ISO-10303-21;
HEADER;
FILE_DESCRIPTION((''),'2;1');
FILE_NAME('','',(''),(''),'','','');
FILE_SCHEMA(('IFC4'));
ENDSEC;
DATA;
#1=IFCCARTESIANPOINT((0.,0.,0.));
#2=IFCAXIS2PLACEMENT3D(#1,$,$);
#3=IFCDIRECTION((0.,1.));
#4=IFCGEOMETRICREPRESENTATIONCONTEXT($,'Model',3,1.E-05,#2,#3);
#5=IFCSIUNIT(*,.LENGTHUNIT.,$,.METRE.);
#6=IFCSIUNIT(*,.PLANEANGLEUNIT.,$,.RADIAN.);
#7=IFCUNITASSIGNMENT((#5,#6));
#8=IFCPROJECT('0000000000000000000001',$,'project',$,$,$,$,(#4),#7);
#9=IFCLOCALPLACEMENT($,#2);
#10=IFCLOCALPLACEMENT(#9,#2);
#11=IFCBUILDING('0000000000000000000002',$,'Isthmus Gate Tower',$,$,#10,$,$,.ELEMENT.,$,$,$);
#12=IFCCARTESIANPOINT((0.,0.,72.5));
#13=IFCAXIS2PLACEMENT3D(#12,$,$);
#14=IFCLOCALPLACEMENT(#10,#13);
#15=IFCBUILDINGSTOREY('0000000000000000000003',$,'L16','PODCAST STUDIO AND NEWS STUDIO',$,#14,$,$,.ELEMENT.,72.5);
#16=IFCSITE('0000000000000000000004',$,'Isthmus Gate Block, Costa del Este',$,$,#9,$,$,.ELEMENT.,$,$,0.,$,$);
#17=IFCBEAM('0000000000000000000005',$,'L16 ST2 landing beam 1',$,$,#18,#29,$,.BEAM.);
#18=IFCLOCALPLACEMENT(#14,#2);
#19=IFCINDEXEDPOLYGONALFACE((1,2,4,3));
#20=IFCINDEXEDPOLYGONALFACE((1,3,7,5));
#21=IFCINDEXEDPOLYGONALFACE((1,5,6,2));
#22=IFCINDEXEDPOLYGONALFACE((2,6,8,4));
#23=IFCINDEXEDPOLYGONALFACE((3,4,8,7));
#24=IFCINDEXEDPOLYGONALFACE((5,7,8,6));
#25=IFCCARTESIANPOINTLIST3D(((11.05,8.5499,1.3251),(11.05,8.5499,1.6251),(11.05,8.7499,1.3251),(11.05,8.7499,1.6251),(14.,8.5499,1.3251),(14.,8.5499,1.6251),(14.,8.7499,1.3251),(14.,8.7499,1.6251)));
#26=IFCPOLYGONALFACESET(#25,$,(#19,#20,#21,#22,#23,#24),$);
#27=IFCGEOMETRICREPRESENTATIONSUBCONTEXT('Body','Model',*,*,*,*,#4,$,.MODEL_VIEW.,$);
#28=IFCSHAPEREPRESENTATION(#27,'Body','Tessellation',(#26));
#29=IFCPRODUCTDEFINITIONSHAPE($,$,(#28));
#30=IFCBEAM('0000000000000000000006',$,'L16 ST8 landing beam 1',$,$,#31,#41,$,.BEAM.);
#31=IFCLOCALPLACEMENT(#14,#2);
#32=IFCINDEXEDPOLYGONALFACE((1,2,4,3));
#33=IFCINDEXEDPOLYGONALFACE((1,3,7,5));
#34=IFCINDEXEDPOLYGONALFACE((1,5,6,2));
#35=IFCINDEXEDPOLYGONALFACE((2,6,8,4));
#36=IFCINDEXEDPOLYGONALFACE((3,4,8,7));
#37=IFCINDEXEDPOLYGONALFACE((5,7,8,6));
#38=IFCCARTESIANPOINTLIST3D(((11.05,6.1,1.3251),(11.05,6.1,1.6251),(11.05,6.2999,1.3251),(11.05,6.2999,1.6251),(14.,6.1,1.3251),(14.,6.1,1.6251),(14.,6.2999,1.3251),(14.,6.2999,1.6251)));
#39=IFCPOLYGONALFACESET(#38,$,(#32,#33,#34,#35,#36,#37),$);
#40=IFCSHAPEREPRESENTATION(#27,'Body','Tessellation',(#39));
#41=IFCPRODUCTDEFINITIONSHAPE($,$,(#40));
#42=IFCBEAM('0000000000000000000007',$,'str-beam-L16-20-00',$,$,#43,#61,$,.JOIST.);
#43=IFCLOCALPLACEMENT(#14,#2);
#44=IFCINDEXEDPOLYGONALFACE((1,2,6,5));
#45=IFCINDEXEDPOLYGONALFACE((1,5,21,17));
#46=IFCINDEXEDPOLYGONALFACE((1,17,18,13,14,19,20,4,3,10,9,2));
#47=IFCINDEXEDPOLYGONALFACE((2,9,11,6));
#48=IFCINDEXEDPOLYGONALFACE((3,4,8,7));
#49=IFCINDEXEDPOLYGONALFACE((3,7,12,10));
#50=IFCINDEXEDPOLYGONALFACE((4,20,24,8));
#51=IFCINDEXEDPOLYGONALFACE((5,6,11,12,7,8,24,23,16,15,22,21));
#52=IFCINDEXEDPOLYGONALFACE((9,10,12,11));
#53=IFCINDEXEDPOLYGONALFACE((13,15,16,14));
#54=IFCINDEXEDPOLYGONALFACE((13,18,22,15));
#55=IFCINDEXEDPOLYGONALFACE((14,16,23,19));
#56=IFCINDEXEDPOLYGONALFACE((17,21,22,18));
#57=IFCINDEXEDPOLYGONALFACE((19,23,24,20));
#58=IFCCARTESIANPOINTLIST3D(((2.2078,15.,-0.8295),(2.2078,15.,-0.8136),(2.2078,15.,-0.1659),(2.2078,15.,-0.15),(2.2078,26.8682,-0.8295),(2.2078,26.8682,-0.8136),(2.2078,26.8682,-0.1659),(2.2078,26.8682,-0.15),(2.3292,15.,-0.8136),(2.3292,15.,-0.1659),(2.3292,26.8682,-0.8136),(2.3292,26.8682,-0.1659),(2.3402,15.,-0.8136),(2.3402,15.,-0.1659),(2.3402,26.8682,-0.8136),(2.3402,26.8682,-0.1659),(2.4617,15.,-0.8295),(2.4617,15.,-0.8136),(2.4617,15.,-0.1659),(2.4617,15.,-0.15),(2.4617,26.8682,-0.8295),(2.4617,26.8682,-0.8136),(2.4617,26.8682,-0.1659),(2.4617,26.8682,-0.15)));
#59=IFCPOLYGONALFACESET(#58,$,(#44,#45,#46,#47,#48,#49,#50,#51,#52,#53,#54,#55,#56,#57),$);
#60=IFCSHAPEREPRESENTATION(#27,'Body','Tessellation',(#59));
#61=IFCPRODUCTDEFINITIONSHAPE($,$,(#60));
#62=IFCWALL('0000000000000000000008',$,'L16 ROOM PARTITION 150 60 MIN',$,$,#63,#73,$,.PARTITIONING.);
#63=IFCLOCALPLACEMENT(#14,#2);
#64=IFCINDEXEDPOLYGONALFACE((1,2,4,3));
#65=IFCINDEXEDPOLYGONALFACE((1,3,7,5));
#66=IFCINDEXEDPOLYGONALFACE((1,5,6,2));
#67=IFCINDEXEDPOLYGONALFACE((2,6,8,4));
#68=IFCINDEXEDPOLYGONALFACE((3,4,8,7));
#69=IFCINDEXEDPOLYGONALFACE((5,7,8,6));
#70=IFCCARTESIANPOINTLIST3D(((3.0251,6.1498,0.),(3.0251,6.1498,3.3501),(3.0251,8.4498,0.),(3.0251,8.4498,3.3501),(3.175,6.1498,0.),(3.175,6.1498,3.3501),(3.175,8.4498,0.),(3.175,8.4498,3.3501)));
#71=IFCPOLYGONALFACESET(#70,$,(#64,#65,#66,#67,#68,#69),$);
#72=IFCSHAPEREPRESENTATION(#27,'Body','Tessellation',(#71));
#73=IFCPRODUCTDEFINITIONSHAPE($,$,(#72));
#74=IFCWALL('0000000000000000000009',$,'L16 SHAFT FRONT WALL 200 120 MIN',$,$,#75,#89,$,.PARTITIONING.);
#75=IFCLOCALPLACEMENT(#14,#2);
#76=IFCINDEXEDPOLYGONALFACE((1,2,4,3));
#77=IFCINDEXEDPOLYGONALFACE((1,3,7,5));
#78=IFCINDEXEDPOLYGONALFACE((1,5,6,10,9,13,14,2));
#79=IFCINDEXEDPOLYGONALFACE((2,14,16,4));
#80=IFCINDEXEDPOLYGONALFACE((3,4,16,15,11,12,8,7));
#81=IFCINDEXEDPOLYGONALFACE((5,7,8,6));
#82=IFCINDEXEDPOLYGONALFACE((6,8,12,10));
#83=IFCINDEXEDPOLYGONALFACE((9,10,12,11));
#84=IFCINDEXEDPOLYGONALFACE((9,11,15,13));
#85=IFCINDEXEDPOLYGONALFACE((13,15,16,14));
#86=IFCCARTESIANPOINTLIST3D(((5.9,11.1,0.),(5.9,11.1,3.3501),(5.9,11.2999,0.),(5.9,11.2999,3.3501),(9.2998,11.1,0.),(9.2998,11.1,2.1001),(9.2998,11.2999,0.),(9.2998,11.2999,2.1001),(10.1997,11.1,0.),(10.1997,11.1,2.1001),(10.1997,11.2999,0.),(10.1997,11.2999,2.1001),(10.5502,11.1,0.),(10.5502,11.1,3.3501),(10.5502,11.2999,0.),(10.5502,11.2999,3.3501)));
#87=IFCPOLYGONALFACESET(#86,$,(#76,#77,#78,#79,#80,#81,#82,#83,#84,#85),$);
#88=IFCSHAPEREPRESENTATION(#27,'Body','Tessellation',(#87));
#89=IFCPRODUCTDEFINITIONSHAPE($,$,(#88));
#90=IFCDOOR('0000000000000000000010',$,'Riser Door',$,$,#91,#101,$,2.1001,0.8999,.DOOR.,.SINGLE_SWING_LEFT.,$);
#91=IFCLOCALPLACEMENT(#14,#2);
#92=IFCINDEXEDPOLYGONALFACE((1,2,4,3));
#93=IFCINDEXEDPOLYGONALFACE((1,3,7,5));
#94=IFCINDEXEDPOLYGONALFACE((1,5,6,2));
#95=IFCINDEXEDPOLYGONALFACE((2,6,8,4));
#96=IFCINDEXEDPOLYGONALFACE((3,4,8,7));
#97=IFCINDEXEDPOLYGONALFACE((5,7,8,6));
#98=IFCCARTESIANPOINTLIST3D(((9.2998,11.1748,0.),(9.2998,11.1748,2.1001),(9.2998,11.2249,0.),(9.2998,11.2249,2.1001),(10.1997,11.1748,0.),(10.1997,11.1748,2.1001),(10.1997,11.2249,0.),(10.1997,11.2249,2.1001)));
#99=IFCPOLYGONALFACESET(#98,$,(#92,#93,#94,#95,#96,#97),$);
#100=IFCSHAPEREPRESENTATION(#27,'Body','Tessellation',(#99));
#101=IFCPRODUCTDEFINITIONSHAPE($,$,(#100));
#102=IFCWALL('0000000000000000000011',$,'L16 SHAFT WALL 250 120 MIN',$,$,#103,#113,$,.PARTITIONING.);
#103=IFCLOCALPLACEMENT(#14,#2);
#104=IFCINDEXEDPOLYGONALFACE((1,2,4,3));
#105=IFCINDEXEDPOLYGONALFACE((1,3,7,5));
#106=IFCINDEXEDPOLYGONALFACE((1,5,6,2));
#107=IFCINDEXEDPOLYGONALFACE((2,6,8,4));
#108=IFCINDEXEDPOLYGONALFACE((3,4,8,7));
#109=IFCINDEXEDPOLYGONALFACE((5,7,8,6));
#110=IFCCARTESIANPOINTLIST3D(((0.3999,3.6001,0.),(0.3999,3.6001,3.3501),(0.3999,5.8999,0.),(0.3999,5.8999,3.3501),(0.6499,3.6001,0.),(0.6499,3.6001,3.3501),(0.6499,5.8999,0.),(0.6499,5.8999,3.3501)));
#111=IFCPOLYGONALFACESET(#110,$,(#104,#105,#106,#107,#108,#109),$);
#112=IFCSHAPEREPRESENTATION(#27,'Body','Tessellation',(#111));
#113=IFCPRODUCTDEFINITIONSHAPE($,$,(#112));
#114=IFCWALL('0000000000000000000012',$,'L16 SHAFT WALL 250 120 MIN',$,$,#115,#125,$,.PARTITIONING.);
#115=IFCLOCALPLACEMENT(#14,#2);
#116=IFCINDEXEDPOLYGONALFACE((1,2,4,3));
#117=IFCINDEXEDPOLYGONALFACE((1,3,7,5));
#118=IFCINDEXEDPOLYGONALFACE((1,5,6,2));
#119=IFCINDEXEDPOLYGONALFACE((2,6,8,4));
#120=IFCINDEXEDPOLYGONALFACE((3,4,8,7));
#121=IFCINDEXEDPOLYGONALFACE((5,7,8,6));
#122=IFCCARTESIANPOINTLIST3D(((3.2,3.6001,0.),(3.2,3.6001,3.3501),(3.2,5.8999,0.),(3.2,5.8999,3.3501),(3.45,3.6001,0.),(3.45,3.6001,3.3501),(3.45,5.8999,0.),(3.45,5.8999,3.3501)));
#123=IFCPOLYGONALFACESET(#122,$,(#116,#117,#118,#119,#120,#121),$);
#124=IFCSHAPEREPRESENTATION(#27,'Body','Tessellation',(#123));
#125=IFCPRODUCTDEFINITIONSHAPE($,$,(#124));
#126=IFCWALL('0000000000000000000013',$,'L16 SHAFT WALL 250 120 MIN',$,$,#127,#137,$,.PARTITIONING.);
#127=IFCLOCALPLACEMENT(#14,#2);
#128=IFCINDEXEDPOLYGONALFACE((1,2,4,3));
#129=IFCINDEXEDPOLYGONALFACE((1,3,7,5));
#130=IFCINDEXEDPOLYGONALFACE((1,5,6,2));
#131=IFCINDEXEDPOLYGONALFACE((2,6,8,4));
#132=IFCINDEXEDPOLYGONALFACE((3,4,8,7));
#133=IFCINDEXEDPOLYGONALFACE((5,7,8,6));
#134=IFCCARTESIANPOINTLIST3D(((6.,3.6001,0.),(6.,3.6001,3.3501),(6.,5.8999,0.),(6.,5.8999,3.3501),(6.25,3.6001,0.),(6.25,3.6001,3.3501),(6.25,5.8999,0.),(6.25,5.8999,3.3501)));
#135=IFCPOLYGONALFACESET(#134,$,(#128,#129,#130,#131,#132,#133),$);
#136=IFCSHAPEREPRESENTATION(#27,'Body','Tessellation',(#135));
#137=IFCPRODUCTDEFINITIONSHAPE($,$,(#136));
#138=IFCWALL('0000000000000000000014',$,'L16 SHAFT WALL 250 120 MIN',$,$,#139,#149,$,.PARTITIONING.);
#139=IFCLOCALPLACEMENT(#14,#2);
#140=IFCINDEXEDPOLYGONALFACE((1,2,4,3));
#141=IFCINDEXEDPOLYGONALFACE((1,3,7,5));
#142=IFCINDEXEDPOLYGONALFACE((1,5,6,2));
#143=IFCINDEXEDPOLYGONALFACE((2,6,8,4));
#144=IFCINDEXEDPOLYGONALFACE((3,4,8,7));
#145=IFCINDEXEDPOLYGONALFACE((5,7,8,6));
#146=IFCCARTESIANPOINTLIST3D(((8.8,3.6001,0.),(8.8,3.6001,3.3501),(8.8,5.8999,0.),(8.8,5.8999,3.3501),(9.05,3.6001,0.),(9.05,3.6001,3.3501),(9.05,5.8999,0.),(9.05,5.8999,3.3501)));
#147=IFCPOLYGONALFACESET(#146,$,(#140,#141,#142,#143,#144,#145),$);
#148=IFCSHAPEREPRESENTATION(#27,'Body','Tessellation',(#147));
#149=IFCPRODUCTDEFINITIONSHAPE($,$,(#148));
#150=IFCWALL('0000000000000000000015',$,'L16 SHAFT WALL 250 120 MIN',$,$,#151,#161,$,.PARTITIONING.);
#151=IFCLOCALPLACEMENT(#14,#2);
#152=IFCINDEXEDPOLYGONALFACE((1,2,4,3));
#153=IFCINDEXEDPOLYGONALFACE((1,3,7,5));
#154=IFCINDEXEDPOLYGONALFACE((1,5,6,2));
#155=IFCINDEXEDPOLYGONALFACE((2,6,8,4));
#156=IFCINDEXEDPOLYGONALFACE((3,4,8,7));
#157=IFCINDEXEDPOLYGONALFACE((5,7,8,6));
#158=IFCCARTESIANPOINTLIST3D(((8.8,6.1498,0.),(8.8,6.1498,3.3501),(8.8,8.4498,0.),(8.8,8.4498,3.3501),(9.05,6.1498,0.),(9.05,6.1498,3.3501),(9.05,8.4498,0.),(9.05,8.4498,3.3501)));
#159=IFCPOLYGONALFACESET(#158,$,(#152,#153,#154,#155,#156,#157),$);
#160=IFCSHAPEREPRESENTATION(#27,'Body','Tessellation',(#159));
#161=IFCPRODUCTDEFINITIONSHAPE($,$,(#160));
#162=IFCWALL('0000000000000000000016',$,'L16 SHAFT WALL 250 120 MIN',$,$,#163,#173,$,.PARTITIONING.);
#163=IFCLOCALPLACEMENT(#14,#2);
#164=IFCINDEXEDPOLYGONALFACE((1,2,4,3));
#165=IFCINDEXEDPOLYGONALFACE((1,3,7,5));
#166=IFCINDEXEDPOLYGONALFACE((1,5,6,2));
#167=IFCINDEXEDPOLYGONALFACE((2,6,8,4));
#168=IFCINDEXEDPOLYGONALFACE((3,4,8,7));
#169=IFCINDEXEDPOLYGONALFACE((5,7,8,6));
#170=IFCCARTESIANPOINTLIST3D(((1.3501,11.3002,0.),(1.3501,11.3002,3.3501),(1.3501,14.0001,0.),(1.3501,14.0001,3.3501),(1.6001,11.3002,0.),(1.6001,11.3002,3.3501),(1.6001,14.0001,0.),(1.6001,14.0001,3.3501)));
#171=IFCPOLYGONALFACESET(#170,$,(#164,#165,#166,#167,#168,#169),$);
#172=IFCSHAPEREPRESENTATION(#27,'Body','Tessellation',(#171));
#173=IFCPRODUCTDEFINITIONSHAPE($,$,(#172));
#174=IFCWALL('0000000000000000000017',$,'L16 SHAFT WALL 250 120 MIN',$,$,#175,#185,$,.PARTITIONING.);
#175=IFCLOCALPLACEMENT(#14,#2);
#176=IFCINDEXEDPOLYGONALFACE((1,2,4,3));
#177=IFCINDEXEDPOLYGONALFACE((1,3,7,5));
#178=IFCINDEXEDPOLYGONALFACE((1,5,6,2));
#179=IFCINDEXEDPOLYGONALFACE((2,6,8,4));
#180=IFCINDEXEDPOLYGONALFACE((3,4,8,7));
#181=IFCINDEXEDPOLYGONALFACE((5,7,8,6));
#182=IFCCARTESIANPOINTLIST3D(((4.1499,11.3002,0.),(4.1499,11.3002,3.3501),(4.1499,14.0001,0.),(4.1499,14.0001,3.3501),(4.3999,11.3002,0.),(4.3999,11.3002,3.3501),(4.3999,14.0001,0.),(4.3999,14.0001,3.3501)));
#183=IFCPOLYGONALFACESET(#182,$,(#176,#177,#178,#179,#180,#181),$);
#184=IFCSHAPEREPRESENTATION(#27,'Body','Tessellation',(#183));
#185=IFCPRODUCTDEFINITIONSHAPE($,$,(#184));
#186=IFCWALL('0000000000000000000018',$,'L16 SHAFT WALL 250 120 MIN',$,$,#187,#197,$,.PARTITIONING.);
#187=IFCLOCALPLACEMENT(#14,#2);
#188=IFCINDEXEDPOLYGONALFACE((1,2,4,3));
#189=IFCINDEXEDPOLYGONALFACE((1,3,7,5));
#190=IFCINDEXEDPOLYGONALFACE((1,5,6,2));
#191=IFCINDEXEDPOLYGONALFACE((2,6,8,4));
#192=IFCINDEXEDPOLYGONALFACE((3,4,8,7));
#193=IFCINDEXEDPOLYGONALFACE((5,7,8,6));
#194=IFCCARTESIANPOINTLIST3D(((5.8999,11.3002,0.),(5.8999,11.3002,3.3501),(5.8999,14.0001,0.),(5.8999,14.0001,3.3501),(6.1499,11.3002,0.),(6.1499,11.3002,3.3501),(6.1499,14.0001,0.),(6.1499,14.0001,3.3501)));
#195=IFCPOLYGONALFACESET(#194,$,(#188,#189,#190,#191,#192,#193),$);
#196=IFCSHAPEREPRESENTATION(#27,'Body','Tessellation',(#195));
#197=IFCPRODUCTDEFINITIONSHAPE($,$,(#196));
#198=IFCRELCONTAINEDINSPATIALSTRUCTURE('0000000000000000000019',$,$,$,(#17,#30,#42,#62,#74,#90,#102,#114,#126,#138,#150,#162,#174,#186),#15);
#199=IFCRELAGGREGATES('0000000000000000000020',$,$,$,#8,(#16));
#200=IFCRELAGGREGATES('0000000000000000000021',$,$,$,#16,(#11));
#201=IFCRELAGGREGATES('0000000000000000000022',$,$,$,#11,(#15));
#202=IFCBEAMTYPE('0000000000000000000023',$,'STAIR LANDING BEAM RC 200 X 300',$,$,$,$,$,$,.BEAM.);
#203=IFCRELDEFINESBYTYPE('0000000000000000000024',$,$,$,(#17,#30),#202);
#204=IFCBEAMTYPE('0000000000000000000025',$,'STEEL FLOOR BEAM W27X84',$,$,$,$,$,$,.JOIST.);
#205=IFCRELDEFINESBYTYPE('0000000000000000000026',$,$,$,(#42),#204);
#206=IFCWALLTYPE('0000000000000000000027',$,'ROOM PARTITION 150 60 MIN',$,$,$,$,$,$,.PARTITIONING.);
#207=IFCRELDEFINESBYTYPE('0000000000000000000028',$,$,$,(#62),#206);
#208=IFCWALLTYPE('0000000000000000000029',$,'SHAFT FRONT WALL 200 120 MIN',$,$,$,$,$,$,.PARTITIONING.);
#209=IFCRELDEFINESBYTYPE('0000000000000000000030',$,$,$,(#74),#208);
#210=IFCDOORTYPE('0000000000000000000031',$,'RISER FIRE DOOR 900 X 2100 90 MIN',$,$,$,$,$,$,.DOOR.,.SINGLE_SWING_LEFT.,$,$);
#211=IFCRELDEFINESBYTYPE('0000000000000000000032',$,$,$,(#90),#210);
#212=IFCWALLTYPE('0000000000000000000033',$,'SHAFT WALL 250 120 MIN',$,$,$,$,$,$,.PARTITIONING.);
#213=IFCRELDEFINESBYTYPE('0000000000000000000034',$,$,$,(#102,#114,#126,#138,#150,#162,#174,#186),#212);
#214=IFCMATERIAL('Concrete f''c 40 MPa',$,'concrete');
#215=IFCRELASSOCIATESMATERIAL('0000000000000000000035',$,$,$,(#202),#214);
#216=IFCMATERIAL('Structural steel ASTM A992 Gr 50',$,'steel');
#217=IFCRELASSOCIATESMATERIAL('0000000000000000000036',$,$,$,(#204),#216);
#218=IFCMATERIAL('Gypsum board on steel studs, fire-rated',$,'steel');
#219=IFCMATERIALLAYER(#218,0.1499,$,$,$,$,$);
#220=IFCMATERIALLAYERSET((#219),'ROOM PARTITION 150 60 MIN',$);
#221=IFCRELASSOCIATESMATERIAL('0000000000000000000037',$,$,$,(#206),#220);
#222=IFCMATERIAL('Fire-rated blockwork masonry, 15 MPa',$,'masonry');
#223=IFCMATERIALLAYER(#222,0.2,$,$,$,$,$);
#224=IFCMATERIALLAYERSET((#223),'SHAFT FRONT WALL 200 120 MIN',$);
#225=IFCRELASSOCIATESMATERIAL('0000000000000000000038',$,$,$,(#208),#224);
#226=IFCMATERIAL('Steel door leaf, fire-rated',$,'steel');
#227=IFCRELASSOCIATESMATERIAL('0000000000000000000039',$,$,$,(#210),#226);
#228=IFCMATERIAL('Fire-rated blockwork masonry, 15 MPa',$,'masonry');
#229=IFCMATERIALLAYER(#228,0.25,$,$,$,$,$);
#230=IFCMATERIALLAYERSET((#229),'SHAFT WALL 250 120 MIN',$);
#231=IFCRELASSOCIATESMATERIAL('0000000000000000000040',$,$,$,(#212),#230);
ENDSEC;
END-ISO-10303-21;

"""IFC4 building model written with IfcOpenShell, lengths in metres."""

from ifc_helpers import new_model, si_unit, direction, frame, frame_2d, origin, origin_2d, place, context, subcontext, project, spatial, rectangle, i_section, extrude, material, layer, layer_set, material_profile, profile_set, type_object, element, fill, save


model = new_model("IFC4")

# Units and contexts
model_context = context("Model", 3, precision=1e-05, world=origin(), true_north=direction((0.0, 1.0)))
body_context = subcontext(model_context, "Body", "Model", "MODEL_VIEW")
ifc_project = project(units=[si_unit("LENGTHUNIT", "METRE"), si_unit("PLANEANGLEUNIT", "RADIAN")], contexts=[model_context])

# Site, building, storey
site_placement = place(None, origin())
site = spatial("IfcSite", under=ifc_project, at=site_placement, Name="Isthmus Gate Block, Costa del Este", CompositionType="ELEMENT", RefElevation=0.0)
building_placement = place(site_placement, origin())
building = spatial("IfcBuilding", under=site, at=building_placement, Name="Isthmus Gate Tower", CompositionType="ELEMENT")
storey_placement = place(building_placement, frame((0.0, 0.0, 72.5)))
storey = spatial("IfcBuildingStorey", under=building, at=storey_placement, Name="L16", Description="PODCAST STUDIO AND NEWS STUDIO", CompositionType="ELEMENT", Elevation=72.5)

# Beams
ifc_material_1 = material(Name="Concrete f'c 40 MPa", Category="concrete")
ifc_material_profile_1 = material_profile(ifc_material_1, rectangle(XDim=0.2, YDim=0.3, at=origin_2d()), Name="STAIR LANDING BEAM RC 200 X 300")
ifc_profile_set_1 = profile_set([ifc_material_profile_1], Name="Concrete f'c 40 MPa")
beam_type_1 = type_object("IfcBeamType", Name="STAIR LANDING BEAM RC 200 X 300", PredefinedType="BEAM", material=ifc_profile_set_1)
for number, where, z_axis, x_axis, name in (
    (1, (11.05, 8.6499, 1.4751), (1.0, 0.0, 0.0), (0.0, 1.0, 0.0), "L16 ST2 landing beam 1"),
    (2, (11.05, 6.2, 1.4751), (1.0, 0.0, 0.0), (0.0, 1.0, 0.0), "L16 ST8 landing beam 1"),
):
    element("IfcBeam", number, at=place(storey_placement, frame(where, z_axis=z_axis, x_axis=x_axis)), inside=storey, type_object=beam_type_1, Name=name, PredefinedType="BEAM", context=body_context, shape_type="SweptSolid", body=[
        extrude(rectangle(XDim=0.2, YDim=0.3, at=origin_2d()), origin(), (0.0, 0.0, 1.0), 2.95),
    ])
ifc_material_2 = material(Name="Structural steel ASTM A992 Gr 50", Category="steel")
ifc_material_profile_2 = material_profile(ifc_material_2, i_section(OverallWidth=0.2539, OverallDepth=0.6794, WebThickness=0.011, FlangeThickness=0.0159, at=origin_2d()), Name="W27X84")
ifc_profile_set_2 = profile_set([ifc_material_profile_2], Name="Structural steel ASTM A992 Gr 50")
beam_type_2 = type_object("IfcBeamType", Name="STEEL FLOOR BEAM W27X84", PredefinedType="JOIST", material=ifc_profile_set_2)
beam_placement = place(storey_placement, frame((2.3347, 15.0, -0.4897), z_axis=(0.0, 1.0, 0.0), x_axis=(-1.0, 0.0, 0.0)))
element("IfcBeam", 3, at=beam_placement, inside=storey, type_object=beam_type_2, Name="str-beam-L16-20-00", PredefinedType="JOIST", context=body_context, shape_type="SweptSolid", body=[
    extrude(i_section(OverallWidth=0.2539, OverallDepth=0.6794, WebThickness=0.011, FlangeThickness=0.0159, at=origin_2d()), origin(), (0.0, 0.0, 1.0), 11.8682),
])

# Wall
ifc_material_3 = material(Name="Gypsum board on steel studs, fire-rated", Category="steel")
ifc_layer_1 = layer(ifc_material_3, 0.1499)
ifc_layer_set_1 = layer_set([ifc_layer_1], Name="ROOM PARTITION 150 60 MIN")
wall_type_1 = type_object("IfcWallType", Name="ROOM PARTITION 150 60 MIN", PredefinedType="PARTITIONING", material=ifc_layer_set_1)
wall_1_placement = place(storey_placement, frame((3.1001, 6.1499, 0.0), z_axis=(0.0, 0.0, 1.0), x_axis=(0.0, 1.0, 0.0)))
element("IfcWall", 4, at=wall_1_placement, inside=storey, type_object=wall_type_1, Name="L16 ROOM PARTITION 150 60 MIN", PredefinedType="PARTITIONING", context=body_context, shape_type="SweptSolid", body=[
    extrude(rectangle(XDim=2.3, YDim=0.1499, at=frame_2d((1.1499, 0.0))), origin(), (0.0, 0.0, 1.0), 3.3501),
])

# Wall, opening, door
ifc_material_4 = material(Name="Fire-rated blockwork masonry, 15 MPa", Category="masonry")
ifc_layer_2 = layer(ifc_material_4, 0.2)
ifc_layer_set_2 = layer_set([ifc_layer_2], Name="SHAFT FRONT WALL 200 120 MIN")
wall_type_2 = type_object("IfcWallType", Name="SHAFT FRONT WALL 200 120 MIN", PredefinedType="PARTITIONING", material=ifc_layer_set_2)
wall_2_placement = place(storey_placement, frame((5.8999, 11.2, 0.0), z_axis=(0.0, 0.0, 1.0), x_axis=(1.0, 0.0, 0.0)))
wall_2 = element("IfcWall", 5, at=wall_2_placement, inside=storey, type_object=wall_type_2, Name="L16 SHAFT FRONT WALL 200 120 MIN", PredefinedType="PARTITIONING", context=body_context, shape_type="SweptSolid", body=[
    extrude(rectangle(XDim=4.6501, YDim=0.2, at=frame_2d((2.3252, 0.0))), origin(), (0.0, 0.0, 1.0), 3.3501),
])
opening_placement = place(wall_2_placement, frame((3.3999, 0.0, 0.0)))
opening = element("IfcOpeningElement", 6, at=opening_placement, cuts=wall_2, PredefinedType="OPENING", context=body_context, shape_type="SweptSolid", body=[
    extrude(rectangle(XDim=0.8999, YDim=2.1001, at=frame_2d((0.45, 1.05))), frame((0.0, 0.1099, 0.0), z_axis=(0.0, -1.0, 0.0), x_axis=(1.0, 0.0, 0.0)), (0.0, 0.0, 1.0), 0.22),
])
ifc_material_5 = material(Name="Steel door leaf, fire-rated", Category="steel")
door_type = type_object("IfcDoorType", Name="RISER FIRE DOOR 900 X 2100 90 MIN", OperationType="SINGLE_SWING_LEFT", PredefinedType="DOOR", material=ifc_material_5)
door_placement = place(opening_placement, origin())
door = element("IfcDoor", 7, at=door_placement, inside=storey, type_object=door_type, Name="Riser Door", OperationType="SINGLE_SWING_LEFT", OverallHeight=2.1001, OverallWidth=0.8999, PredefinedType="DOOR", context=body_context, shape_type="SweptSolid", body=[
    extrude(rectangle(XDim=0.8999, YDim=2.1001, at=frame_2d((0.45, 1.05))), frame((0.0, 0.0249, 0.0), z_axis=(0.0, -1.0, 0.0), x_axis=(1.0, 0.0, 0.0)), (0.0, 0.0, 1.0), 0.05),
])
fill(opening, door)

# Walls
ifc_material_6 = material(Name="Fire-rated blockwork masonry, 15 MPa", Category="masonry")
ifc_layer_3 = layer(ifc_material_6, 0.25)
ifc_layer_set_3 = layer_set([ifc_layer_3], Name="SHAFT WALL 250 120 MIN")
wall_type_3 = type_object("IfcWallType", Name="SHAFT WALL 250 120 MIN", PredefinedType="PARTITIONING", material=ifc_layer_set_3)
for number, where, z_axis, x_axis, name in (
    (8, (0.5249, 3.6001, 0.0), (0.0, 0.0, 1.0), (0.0, 1.0, 0.0), "L16 SHAFT WALL 250 120 MIN"),
    (9, (3.325, 3.6001, 0.0), (0.0, 0.0, 1.0), (0.0, 1.0, 0.0), "L16 SHAFT WALL 250 120 MIN"),
    (10, (6.125, 3.6001, 0.0), (0.0, 0.0, 1.0), (0.0, 1.0, 0.0), "L16 SHAFT WALL 250 120 MIN"),
    (11, (8.925, 3.6001, 0.0), (0.0, 0.0, 1.0), (0.0, 1.0, 0.0), "L16 SHAFT WALL 250 120 MIN"),
):
    element("IfcWall", number, at=place(storey_placement, frame(where, z_axis=z_axis, x_axis=x_axis)), inside=storey, type_object=wall_type_3, Name=name, PredefinedType="PARTITIONING", context=body_context, shape_type="SweptSolid", body=[
        extrude(rectangle(XDim=2.2998, YDim=0.25, at=frame_2d((1.1499, 0.0))), origin(), (0.0, 0.0, 1.0), 3.3501),
    ])
wall_3_placement = place(storey_placement, frame((8.925, 6.1499, 0.0), z_axis=(0.0, 0.0, 1.0), x_axis=(0.0, 1.0, 0.0)))
element("IfcWall", 12, at=wall_3_placement, inside=storey, type_object=wall_type_3, Name="L16 SHAFT WALL 250 120 MIN", PredefinedType="PARTITIONING", context=body_context, shape_type="SweptSolid", body=[
    extrude(rectangle(XDim=2.3, YDim=0.25, at=frame_2d((1.1499, 0.0))), origin(), (0.0, 0.0, 1.0), 3.3501),
])
for number, where, z_axis, x_axis, name in (
    (13, (1.4751, 11.3, 0.0), (0.0, 0.0, 1.0), (0.0, 1.0, 0.0), "L16 SHAFT WALL 250 120 MIN"),
    (14, (4.2749, 11.3, 0.0), (0.0, 0.0, 1.0), (0.0, 1.0, 0.0), "L16 SHAFT WALL 250 120 MIN"),
    (15, (6.0249, 11.3, 0.0), (0.0, 0.0, 1.0), (0.0, 1.0, 0.0), "L16 SHAFT WALL 250 120 MIN"),
):
    element("IfcWall", number, at=place(storey_placement, frame(where, z_axis=z_axis, x_axis=x_axis)), inside=storey, type_object=wall_type_3, Name=name, PredefinedType="PARTITIONING", context=body_context, shape_type="SweptSolid", body=[
        extrude(rectangle(XDim=2.7, YDim=0.25, at=frame_2d((1.3501, 0.0))), origin(), (0.0, 0.0, 1.0), 3.3501),
    ])

save(model, "model.ifc")
